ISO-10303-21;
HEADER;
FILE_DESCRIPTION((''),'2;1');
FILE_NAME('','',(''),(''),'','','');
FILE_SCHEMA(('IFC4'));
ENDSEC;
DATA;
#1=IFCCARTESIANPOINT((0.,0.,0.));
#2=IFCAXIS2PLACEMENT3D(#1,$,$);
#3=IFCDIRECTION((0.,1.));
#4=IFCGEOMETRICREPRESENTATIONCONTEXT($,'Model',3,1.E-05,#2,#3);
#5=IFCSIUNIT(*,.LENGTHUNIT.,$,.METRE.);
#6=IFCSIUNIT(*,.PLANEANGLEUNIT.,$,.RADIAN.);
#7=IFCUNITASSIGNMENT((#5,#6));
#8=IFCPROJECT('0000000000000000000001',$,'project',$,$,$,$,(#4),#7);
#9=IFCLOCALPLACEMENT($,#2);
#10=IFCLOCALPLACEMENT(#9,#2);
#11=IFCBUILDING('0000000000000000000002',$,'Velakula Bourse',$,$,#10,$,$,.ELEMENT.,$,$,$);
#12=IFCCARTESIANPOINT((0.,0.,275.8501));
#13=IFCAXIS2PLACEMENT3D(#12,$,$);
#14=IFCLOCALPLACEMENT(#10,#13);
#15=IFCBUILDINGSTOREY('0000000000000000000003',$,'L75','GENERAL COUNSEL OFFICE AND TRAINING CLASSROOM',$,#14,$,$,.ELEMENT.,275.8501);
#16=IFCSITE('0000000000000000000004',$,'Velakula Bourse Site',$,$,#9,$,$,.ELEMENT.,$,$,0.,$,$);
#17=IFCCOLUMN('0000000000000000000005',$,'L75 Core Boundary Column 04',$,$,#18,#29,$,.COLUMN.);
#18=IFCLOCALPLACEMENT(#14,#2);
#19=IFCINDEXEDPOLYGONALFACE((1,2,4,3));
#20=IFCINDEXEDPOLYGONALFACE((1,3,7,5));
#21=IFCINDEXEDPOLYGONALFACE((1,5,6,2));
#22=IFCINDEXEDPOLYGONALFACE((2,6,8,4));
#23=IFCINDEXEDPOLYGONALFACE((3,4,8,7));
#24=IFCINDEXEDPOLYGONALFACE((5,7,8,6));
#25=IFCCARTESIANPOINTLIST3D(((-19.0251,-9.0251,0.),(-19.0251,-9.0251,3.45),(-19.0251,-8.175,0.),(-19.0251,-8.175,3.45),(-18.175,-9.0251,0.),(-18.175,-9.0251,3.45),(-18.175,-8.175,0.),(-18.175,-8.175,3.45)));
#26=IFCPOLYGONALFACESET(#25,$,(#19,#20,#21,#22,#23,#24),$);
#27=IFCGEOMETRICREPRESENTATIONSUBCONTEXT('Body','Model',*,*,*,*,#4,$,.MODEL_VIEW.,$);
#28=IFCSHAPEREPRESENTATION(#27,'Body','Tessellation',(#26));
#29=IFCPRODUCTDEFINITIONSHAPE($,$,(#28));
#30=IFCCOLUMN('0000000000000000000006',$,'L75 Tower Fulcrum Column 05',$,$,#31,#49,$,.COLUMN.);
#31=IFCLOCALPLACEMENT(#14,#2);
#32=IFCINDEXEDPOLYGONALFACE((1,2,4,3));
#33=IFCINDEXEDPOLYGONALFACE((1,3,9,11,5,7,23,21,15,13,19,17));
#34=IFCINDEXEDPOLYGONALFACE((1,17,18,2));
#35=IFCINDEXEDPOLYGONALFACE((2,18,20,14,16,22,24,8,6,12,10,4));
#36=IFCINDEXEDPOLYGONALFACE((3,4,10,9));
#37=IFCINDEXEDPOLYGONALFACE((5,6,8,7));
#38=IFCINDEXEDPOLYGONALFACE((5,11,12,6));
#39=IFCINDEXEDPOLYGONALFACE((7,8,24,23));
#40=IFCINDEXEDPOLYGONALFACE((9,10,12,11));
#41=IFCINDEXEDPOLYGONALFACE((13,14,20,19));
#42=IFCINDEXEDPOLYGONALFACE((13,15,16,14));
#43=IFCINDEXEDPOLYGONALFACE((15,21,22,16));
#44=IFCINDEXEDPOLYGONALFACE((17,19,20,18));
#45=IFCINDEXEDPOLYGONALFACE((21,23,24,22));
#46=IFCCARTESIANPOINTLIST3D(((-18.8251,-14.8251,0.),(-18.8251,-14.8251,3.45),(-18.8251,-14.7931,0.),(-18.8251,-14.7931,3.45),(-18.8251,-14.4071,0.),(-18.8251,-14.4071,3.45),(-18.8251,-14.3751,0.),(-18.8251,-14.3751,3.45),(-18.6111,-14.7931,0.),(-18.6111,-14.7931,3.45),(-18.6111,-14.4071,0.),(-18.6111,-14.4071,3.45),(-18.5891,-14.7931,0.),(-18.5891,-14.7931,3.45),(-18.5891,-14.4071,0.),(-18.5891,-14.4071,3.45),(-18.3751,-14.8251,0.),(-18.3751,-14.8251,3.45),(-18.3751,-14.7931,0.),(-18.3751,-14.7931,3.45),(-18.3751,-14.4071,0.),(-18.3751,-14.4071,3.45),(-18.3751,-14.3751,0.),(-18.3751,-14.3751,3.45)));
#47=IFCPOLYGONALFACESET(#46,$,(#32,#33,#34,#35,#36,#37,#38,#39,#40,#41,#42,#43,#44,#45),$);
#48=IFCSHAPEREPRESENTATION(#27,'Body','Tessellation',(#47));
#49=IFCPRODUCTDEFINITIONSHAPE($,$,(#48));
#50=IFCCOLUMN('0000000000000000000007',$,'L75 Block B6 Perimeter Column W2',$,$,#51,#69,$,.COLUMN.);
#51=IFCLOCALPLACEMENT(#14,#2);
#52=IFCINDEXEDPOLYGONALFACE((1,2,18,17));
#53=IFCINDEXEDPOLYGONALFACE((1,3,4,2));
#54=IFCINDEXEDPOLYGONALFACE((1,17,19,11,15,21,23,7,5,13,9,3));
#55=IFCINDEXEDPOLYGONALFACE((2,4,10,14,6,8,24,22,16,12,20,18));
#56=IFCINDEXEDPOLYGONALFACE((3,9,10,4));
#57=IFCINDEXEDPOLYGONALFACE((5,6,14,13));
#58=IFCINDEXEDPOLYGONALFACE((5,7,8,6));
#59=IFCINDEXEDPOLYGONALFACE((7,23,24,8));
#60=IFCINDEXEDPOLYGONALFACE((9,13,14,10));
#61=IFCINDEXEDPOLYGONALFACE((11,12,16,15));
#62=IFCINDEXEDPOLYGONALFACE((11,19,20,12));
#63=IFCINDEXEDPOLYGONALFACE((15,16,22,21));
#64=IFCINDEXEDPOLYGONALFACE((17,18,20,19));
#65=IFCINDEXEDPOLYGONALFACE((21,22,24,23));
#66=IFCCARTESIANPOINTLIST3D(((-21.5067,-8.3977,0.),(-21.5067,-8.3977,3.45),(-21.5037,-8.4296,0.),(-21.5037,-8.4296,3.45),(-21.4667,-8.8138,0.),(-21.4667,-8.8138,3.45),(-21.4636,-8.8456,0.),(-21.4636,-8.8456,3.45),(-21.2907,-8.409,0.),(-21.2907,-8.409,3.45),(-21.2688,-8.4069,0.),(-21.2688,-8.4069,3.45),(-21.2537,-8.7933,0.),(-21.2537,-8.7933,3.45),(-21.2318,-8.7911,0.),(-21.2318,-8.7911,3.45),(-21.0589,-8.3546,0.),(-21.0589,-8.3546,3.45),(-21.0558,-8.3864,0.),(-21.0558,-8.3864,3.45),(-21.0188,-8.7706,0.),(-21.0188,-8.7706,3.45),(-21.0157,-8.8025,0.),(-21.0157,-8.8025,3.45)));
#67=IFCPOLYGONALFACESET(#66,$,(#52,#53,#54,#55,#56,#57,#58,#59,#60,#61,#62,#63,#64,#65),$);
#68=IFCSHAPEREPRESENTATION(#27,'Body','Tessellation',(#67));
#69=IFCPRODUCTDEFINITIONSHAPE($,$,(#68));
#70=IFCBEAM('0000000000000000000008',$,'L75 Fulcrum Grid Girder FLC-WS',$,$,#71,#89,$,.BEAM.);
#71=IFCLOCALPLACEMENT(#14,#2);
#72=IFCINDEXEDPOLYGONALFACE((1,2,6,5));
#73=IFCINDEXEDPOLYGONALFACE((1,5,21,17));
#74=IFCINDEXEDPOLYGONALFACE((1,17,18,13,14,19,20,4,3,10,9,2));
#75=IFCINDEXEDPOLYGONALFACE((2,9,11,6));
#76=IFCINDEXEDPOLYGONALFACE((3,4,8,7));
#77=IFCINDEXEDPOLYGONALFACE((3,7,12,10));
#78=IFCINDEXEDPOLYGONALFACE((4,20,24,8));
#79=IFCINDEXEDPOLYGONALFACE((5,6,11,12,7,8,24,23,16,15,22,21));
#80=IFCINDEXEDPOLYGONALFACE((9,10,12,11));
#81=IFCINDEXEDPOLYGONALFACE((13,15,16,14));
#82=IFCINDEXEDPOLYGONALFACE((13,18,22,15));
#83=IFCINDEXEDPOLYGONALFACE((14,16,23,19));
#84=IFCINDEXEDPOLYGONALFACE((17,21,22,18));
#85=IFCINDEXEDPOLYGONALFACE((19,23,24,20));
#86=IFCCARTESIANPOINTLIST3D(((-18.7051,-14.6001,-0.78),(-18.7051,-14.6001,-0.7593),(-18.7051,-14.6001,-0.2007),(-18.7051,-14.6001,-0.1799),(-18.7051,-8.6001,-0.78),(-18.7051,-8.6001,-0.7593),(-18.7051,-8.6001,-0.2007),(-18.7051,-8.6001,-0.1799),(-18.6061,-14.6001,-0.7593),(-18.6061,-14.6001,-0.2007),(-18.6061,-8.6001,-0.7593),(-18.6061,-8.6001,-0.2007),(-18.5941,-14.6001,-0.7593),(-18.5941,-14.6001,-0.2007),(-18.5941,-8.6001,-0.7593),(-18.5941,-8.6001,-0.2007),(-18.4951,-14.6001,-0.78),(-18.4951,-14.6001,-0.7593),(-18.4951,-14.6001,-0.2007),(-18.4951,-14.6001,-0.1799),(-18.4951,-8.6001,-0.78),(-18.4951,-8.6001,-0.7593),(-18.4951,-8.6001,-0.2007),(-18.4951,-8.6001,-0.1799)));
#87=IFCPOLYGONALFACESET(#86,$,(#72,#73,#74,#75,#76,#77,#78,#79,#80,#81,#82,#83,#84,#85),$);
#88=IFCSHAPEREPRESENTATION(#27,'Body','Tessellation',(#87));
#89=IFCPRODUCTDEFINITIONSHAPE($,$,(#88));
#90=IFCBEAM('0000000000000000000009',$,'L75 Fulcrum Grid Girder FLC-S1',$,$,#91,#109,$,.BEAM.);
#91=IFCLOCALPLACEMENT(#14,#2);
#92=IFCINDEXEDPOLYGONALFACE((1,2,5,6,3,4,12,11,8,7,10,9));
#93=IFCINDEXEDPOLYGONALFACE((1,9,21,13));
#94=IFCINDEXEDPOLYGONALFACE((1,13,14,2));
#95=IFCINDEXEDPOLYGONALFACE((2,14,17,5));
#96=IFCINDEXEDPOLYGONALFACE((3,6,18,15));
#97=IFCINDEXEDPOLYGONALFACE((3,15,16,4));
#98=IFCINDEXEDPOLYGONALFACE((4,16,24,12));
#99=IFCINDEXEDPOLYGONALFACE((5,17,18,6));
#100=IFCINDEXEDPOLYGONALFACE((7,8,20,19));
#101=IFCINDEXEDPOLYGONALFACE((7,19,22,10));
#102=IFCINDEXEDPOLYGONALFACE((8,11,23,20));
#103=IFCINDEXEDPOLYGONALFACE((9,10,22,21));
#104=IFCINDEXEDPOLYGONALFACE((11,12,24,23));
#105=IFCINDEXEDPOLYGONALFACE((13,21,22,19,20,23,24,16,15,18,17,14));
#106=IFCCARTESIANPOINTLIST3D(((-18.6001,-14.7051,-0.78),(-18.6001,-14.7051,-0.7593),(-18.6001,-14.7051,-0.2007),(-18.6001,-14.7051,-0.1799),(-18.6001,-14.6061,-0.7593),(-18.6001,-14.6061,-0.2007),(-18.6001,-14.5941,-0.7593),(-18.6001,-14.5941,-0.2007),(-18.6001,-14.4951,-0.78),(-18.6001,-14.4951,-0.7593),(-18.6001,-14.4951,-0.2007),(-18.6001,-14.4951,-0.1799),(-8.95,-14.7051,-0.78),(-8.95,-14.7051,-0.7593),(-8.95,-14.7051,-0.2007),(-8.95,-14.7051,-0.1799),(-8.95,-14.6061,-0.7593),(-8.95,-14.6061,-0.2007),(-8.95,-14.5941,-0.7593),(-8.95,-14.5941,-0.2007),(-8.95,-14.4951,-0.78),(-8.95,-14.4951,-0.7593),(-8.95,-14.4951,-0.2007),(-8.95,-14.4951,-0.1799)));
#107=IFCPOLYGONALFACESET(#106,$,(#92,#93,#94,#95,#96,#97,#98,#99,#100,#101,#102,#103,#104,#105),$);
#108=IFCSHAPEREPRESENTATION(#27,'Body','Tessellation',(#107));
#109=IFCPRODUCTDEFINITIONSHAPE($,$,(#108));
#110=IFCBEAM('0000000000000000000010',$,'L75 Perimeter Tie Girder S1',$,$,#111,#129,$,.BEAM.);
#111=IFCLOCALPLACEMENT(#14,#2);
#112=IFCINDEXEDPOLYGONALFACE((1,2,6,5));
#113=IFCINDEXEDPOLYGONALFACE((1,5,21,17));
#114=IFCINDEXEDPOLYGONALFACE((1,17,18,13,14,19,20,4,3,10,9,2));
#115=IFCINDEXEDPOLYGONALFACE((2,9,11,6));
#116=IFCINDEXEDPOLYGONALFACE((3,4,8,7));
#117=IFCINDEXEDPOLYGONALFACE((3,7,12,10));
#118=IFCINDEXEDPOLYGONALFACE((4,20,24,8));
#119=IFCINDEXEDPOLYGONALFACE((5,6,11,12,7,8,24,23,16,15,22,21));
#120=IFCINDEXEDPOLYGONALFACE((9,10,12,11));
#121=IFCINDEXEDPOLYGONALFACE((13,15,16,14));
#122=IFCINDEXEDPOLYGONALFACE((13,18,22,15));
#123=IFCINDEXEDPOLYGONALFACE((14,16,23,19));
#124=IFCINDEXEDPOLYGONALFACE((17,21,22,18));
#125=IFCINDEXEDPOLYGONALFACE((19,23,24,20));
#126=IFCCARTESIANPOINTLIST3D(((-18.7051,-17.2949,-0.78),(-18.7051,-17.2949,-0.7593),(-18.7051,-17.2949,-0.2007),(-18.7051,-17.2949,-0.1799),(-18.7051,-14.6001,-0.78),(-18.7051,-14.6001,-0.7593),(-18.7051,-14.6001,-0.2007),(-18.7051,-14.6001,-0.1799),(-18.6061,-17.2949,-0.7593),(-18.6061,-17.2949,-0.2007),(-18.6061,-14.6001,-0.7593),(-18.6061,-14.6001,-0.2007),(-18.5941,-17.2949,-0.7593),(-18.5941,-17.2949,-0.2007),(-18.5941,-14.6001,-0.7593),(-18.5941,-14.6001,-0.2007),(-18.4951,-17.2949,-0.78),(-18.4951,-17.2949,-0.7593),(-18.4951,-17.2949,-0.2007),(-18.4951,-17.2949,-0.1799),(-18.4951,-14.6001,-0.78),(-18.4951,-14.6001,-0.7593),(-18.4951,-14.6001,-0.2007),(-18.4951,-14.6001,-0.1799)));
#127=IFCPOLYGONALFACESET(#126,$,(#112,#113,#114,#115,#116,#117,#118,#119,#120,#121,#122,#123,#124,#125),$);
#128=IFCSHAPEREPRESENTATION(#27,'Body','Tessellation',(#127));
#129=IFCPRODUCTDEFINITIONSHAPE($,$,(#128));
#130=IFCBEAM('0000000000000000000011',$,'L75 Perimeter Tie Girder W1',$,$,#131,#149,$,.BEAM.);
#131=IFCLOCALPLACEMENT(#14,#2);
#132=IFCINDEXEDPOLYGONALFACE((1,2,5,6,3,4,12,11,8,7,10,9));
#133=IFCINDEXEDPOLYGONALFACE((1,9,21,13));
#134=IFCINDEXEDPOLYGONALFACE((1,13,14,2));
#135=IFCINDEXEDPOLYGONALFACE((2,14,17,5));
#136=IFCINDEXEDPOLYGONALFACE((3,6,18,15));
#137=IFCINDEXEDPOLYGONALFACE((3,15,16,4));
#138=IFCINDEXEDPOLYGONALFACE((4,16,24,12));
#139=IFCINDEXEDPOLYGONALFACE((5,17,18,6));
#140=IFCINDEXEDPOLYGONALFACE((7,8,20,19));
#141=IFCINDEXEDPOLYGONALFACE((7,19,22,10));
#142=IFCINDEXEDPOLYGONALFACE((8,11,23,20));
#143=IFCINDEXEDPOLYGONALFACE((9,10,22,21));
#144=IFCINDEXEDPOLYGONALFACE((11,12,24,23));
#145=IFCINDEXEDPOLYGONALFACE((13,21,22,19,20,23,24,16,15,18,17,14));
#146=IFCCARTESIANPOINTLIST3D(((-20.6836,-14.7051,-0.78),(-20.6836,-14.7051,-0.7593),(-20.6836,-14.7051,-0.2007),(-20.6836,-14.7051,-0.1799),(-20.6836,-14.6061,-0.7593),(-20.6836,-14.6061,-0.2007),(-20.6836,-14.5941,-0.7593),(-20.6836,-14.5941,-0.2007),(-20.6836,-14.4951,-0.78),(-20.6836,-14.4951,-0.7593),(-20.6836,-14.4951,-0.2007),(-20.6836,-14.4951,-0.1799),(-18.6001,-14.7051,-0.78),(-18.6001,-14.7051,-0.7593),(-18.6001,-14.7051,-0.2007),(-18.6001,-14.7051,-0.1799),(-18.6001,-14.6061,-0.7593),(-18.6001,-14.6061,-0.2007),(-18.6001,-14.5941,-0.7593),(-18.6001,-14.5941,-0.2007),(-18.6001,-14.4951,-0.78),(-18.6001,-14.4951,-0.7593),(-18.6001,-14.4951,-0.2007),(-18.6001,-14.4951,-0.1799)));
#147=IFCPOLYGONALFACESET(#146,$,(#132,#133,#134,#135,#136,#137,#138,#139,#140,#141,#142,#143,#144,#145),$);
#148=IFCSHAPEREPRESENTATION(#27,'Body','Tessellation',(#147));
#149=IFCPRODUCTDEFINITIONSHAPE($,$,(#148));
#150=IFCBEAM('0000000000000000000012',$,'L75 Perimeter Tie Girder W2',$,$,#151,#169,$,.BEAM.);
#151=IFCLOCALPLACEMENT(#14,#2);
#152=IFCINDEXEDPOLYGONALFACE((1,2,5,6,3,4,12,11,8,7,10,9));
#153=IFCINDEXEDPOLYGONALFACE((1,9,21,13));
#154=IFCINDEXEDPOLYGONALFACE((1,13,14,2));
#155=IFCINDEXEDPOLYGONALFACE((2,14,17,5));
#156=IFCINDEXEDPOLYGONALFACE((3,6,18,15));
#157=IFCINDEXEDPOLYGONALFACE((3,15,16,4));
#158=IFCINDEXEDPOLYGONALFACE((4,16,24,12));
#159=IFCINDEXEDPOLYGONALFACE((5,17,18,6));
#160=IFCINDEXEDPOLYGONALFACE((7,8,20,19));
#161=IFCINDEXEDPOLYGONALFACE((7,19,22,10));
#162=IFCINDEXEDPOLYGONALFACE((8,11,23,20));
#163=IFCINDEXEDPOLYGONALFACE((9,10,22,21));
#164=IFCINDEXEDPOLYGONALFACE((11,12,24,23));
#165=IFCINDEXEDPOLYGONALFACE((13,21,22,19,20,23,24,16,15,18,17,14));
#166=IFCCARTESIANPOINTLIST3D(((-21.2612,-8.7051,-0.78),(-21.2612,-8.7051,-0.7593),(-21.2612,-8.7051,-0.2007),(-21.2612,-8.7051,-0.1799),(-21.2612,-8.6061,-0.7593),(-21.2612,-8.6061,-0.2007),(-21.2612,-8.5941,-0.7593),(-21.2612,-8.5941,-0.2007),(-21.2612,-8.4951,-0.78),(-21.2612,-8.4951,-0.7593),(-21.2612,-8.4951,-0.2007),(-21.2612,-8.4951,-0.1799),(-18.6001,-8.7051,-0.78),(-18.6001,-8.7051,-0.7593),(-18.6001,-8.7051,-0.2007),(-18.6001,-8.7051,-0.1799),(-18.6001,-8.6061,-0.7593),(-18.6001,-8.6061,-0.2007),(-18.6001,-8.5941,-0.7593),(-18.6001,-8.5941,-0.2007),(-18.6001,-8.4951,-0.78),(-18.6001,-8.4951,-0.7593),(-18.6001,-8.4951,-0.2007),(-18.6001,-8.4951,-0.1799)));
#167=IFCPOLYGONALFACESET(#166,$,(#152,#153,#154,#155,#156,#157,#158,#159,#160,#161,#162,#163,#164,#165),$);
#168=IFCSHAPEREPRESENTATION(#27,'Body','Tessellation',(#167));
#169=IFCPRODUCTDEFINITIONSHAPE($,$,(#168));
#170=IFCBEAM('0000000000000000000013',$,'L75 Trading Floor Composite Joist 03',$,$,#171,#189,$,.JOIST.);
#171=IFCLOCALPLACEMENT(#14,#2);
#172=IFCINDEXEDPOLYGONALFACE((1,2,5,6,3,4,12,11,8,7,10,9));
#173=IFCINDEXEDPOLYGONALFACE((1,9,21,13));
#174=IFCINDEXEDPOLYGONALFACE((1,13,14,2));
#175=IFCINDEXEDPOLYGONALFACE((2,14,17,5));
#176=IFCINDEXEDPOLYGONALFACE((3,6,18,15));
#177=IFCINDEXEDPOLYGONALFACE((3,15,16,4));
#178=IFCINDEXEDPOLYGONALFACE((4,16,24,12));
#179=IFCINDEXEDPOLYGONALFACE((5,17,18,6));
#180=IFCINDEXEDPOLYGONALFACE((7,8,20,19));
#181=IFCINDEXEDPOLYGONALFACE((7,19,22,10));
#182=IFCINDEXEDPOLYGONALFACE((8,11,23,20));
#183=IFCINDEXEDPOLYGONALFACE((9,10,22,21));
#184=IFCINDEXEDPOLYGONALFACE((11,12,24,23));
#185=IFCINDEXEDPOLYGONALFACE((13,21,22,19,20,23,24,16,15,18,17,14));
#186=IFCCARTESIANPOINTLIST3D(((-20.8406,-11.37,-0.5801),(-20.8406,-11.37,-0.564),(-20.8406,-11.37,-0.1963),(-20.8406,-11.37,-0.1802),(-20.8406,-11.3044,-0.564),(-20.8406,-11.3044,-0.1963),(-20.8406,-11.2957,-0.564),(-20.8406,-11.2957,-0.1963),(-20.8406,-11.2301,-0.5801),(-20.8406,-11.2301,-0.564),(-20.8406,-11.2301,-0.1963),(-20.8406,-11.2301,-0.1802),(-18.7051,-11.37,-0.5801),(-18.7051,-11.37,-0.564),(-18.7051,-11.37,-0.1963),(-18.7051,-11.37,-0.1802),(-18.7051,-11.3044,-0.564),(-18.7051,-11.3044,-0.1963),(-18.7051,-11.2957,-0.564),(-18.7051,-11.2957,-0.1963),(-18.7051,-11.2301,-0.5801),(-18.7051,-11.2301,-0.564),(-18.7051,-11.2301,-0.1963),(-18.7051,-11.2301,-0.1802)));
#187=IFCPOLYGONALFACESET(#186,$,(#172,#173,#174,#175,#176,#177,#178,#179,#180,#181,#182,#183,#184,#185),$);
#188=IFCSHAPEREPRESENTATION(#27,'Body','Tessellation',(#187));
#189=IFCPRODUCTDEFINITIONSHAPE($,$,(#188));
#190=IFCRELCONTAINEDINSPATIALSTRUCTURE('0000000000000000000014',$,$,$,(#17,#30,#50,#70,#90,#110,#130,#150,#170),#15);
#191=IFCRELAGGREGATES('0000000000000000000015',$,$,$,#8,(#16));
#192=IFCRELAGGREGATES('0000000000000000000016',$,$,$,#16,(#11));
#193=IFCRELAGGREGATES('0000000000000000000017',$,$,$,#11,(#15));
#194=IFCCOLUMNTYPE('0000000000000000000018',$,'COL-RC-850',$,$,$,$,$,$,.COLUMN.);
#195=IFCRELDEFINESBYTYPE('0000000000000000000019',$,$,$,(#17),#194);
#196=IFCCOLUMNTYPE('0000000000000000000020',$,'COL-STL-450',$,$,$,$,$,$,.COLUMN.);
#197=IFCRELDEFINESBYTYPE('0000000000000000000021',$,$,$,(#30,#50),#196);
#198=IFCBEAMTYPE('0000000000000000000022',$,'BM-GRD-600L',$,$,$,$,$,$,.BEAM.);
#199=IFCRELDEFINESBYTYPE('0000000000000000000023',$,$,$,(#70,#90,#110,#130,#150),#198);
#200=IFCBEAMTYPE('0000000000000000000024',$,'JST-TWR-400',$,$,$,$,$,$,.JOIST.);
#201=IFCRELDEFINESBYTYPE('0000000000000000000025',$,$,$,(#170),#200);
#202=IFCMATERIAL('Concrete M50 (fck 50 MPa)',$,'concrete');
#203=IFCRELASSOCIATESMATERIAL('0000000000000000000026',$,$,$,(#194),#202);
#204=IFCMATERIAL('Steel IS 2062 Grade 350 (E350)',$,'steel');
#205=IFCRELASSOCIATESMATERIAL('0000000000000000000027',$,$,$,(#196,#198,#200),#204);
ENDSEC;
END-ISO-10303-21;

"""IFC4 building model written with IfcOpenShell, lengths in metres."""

from ifc_helpers import new_model, si_unit, direction, frame, origin, origin_2d, place, context, subcontext, project, spatial, rectangle, i_section, extrude, material, material_profile, profile_set, type_object, element, save


model = new_model("IFC4")

# Units and contexts
model_context = context("Model", 3, precision=1e-05, world=origin(), true_north=direction((0.0, 1.0)))
body_context = subcontext(model_context, "Body", "Model", "MODEL_VIEW")
ifc_project = project(units=[si_unit("LENGTHUNIT", "METRE"), si_unit("PLANEANGLEUNIT", "RADIAN")], contexts=[model_context])

# Site, building, storey
site_placement = place(None, origin())
site = spatial("IfcSite", under=ifc_project, at=site_placement, Name="Velakula Bourse Site", CompositionType="ELEMENT", RefElevation=0.0)
building_placement = place(site_placement, origin())
building = spatial("IfcBuilding", under=site, at=building_placement, Name="Velakula Bourse", CompositionType="ELEMENT")
storey_placement = place(building_placement, frame((0.0, 0.0, 275.8501)))
storey = spatial("IfcBuildingStorey", under=building, at=storey_placement, Name="L75", Description="GENERAL COUNSEL OFFICE AND TRAINING CLASSROOM", CompositionType="ELEMENT", Elevation=275.8501)

# Columns
ifc_material_1 = material(Name="Concrete M50 (fck 50 MPa)", Category="concrete")
ifc_material_profile_1 = material_profile(ifc_material_1, rectangle(XDim=0.8501, YDim=0.8501, at=origin_2d()), Name="Concrete M50 (fck 50 MPa)")
ifc_profile_set_1 = profile_set([ifc_material_profile_1], Name="Concrete M50 (fck 50 MPa)")
column_type_1 = type_object("IfcColumnType", Name="COL-RC-850", PredefinedType="COLUMN", material=ifc_profile_set_1)
column_placement = place(storey_placement, frame((-18.6001, -8.6001, 0.0), z_axis=(0.0, 0.0, 1.0), x_axis=(1.0, 0.0, 0.0)))
element("IfcColumn", 1, at=column_placement, inside=storey, type_object=column_type_1, Name="L75 Core Boundary Column 04", PredefinedType="COLUMN", context=body_context, shape_type="SweptSolid", body=[
    extrude(rectangle(XDim=0.8501, YDim=0.8501, at=origin_2d()), origin(), (0.0, 0.0, 1.0), 3.45),
])
ifc_material_2 = material(Name="Steel IS 2062 Grade 350 (E350)", Category="steel")
ifc_material_profile_2 = material_profile(ifc_material_2, i_section(OverallWidth=0.45, OverallDepth=0.45, WebThickness=0.022, FlangeThickness=0.032, at=origin_2d()), Name="Steel IS 2062 Grade 350 (E350)")
ifc_profile_set_2 = profile_set([ifc_material_profile_2], Name="Steel IS 2062 Grade 350 (E350)")
column_type_2 = type_object("IfcColumnType", Name="COL-STL-450", PredefinedType="COLUMN", material=ifc_profile_set_2)
for number, where, z_axis, x_axis, name in (
    (2, (-18.6001, -14.6001, 0.0), (0.0, 0.0, 1.0), (1.0, 0.0, 0.0), "L75 Tower Fulcrum Column 05"),
    (3, (-21.2612, -8.6001, 0.0), (0.0, 0.0, 1.0), (0.995396, 0.095846, 0.0), "L75 Block B6 Perimeter Column W2"),
):
    element("IfcColumn", number, at=place(storey_placement, frame(where, z_axis=z_axis, x_axis=x_axis)), inside=storey, type_object=column_type_2, Name=name, PredefinedType="COLUMN", context=body_context, shape_type="SweptSolid", body=[
        extrude(i_section(OverallWidth=0.45, OverallDepth=0.45, WebThickness=0.022, FlangeThickness=0.032, at=origin_2d()), origin(), (0.0, 0.0, 1.0), 3.45),
    ])

# Beams
ifc_material_profile_3 = material_profile(ifc_material_2, i_section(OverallWidth=0.21, OverallDepth=0.6001, WebThickness=0.012, FlangeThickness=0.0208, at=origin_2d()), Name="Steel IS 2062 Grade 350 (E350)")
ifc_profile_set_3 = profile_set([ifc_material_profile_3], Name="Steel IS 2062 Grade 350 (E350)")
beam_type_1 = type_object("IfcBeamType", Name="BM-GRD-600L", PredefinedType="BEAM", material=ifc_profile_set_3)
beam_1_placement = place(storey_placement, frame((-18.6001, -14.6001, -0.48), z_axis=(0.0, 1.0, 0.0), x_axis=(-1.0, 0.0, 0.0)))
element("IfcBeam", 4, at=beam_1_placement, inside=storey, type_object=beam_type_1, Name="L75 Fulcrum Grid Girder FLC-WS", PredefinedType="BEAM", context=body_context, shape_type="SweptSolid", body=[
    extrude(i_section(OverallWidth=0.21, OverallDepth=0.6001, WebThickness=0.012, FlangeThickness=0.0208, at=origin_2d()), origin(), (0.0, 0.0, 1.0), 6.0),
])
beam_2_placement = place(storey_placement, frame((-18.6001, -14.6001, -0.48), z_axis=(1.0, 0.0, 0.0), x_axis=(0.0, 1.0, 0.0)))
element("IfcBeam", 5, at=beam_2_placement, inside=storey, type_object=beam_type_1, Name="L75 Fulcrum Grid Girder FLC-S1", PredefinedType="BEAM", context=body_context, shape_type="SweptSolid", body=[
    extrude(i_section(OverallWidth=0.21, OverallDepth=0.6001, WebThickness=0.012, FlangeThickness=0.0208, at=origin_2d()), origin(), (0.0, 0.0, 1.0), 9.6501),
])
beam_3_placement = place(storey_placement, frame((-18.6001, -14.6001, -0.48), z_axis=(0.0, -1.0, 0.0), x_axis=(1.0, 0.0, 0.0)))
element("IfcBeam", 6, at=beam_3_placement, inside=storey, type_object=beam_type_1, Name="L75 Perimeter Tie Girder S1", PredefinedType="BEAM", context=body_context, shape_type="SweptSolid", body=[
    extrude(i_section(OverallWidth=0.21, OverallDepth=0.6001, WebThickness=0.012, FlangeThickness=0.0208, at=origin_2d()), origin(), (0.0, 0.0, 1.0), 2.6948),
])
beam_4_placement = place(storey_placement, frame((-18.6001, -14.6001, -0.48), z_axis=(-1.0, 0.0, 0.0), x_axis=(0.0, -1.0, 0.0)))
element("IfcBeam", 7, at=beam_4_placement, inside=storey, type_object=beam_type_1, Name="L75 Perimeter Tie Girder W1", PredefinedType="BEAM", context=body_context, shape_type="SweptSolid", body=[
    extrude(i_section(OverallWidth=0.21, OverallDepth=0.6001, WebThickness=0.012, FlangeThickness=0.0208, at=origin_2d()), origin(), (0.0, 0.0, 1.0), 2.0835),
])
beam_5_placement = place(storey_placement, frame((-18.6001, -8.6001, -0.48), z_axis=(-1.0, 0.0, 0.0), x_axis=(0.0, -1.0, 0.0)))
element("IfcBeam", 8, at=beam_5_placement, inside=storey, type_object=beam_type_1, Name="L75 Perimeter Tie Girder W2", PredefinedType="BEAM", context=body_context, shape_type="SweptSolid", body=[
    extrude(i_section(OverallWidth=0.21, OverallDepth=0.6001, WebThickness=0.012, FlangeThickness=0.0208, at=origin_2d()), origin(), (0.0, 0.0, 1.0), 2.6611),
])
ifc_material_profile_4 = material_profile(ifc_material_2, i_section(OverallWidth=0.1399, OverallDepth=0.3999, WebThickness=0.0088, FlangeThickness=0.0161, at=origin_2d()), Name="Steel IS 2062 Grade 350 (E350)")
ifc_profile_set_4 = profile_set([ifc_material_profile_4], Name="Steel IS 2062 Grade 350 (E350)")
beam_type_2 = type_object("IfcBeamType", Name="JST-TWR-400", PredefinedType="JOIST", material=ifc_profile_set_4)
beam_6_placement = place(storey_placement, frame((-20.8406, -11.3, -0.3801), z_axis=(1.0, 0.0, 0.0), x_axis=(0.0, 1.0, 0.0)))
element("IfcBeam", 9, at=beam_6_placement, inside=storey, type_object=beam_type_2, Name="L75 Trading Floor Composite Joist 03", PredefinedType="JOIST", context=body_context, shape_type="SweptSolid", body=[
    extrude(i_section(OverallWidth=0.1399, OverallDepth=0.3999, WebThickness=0.0088, FlangeThickness=0.0161, at=origin_2d()), origin(), (0.0, 0.0, 1.0), 2.1355),
])

save(model, "model.ifc")
